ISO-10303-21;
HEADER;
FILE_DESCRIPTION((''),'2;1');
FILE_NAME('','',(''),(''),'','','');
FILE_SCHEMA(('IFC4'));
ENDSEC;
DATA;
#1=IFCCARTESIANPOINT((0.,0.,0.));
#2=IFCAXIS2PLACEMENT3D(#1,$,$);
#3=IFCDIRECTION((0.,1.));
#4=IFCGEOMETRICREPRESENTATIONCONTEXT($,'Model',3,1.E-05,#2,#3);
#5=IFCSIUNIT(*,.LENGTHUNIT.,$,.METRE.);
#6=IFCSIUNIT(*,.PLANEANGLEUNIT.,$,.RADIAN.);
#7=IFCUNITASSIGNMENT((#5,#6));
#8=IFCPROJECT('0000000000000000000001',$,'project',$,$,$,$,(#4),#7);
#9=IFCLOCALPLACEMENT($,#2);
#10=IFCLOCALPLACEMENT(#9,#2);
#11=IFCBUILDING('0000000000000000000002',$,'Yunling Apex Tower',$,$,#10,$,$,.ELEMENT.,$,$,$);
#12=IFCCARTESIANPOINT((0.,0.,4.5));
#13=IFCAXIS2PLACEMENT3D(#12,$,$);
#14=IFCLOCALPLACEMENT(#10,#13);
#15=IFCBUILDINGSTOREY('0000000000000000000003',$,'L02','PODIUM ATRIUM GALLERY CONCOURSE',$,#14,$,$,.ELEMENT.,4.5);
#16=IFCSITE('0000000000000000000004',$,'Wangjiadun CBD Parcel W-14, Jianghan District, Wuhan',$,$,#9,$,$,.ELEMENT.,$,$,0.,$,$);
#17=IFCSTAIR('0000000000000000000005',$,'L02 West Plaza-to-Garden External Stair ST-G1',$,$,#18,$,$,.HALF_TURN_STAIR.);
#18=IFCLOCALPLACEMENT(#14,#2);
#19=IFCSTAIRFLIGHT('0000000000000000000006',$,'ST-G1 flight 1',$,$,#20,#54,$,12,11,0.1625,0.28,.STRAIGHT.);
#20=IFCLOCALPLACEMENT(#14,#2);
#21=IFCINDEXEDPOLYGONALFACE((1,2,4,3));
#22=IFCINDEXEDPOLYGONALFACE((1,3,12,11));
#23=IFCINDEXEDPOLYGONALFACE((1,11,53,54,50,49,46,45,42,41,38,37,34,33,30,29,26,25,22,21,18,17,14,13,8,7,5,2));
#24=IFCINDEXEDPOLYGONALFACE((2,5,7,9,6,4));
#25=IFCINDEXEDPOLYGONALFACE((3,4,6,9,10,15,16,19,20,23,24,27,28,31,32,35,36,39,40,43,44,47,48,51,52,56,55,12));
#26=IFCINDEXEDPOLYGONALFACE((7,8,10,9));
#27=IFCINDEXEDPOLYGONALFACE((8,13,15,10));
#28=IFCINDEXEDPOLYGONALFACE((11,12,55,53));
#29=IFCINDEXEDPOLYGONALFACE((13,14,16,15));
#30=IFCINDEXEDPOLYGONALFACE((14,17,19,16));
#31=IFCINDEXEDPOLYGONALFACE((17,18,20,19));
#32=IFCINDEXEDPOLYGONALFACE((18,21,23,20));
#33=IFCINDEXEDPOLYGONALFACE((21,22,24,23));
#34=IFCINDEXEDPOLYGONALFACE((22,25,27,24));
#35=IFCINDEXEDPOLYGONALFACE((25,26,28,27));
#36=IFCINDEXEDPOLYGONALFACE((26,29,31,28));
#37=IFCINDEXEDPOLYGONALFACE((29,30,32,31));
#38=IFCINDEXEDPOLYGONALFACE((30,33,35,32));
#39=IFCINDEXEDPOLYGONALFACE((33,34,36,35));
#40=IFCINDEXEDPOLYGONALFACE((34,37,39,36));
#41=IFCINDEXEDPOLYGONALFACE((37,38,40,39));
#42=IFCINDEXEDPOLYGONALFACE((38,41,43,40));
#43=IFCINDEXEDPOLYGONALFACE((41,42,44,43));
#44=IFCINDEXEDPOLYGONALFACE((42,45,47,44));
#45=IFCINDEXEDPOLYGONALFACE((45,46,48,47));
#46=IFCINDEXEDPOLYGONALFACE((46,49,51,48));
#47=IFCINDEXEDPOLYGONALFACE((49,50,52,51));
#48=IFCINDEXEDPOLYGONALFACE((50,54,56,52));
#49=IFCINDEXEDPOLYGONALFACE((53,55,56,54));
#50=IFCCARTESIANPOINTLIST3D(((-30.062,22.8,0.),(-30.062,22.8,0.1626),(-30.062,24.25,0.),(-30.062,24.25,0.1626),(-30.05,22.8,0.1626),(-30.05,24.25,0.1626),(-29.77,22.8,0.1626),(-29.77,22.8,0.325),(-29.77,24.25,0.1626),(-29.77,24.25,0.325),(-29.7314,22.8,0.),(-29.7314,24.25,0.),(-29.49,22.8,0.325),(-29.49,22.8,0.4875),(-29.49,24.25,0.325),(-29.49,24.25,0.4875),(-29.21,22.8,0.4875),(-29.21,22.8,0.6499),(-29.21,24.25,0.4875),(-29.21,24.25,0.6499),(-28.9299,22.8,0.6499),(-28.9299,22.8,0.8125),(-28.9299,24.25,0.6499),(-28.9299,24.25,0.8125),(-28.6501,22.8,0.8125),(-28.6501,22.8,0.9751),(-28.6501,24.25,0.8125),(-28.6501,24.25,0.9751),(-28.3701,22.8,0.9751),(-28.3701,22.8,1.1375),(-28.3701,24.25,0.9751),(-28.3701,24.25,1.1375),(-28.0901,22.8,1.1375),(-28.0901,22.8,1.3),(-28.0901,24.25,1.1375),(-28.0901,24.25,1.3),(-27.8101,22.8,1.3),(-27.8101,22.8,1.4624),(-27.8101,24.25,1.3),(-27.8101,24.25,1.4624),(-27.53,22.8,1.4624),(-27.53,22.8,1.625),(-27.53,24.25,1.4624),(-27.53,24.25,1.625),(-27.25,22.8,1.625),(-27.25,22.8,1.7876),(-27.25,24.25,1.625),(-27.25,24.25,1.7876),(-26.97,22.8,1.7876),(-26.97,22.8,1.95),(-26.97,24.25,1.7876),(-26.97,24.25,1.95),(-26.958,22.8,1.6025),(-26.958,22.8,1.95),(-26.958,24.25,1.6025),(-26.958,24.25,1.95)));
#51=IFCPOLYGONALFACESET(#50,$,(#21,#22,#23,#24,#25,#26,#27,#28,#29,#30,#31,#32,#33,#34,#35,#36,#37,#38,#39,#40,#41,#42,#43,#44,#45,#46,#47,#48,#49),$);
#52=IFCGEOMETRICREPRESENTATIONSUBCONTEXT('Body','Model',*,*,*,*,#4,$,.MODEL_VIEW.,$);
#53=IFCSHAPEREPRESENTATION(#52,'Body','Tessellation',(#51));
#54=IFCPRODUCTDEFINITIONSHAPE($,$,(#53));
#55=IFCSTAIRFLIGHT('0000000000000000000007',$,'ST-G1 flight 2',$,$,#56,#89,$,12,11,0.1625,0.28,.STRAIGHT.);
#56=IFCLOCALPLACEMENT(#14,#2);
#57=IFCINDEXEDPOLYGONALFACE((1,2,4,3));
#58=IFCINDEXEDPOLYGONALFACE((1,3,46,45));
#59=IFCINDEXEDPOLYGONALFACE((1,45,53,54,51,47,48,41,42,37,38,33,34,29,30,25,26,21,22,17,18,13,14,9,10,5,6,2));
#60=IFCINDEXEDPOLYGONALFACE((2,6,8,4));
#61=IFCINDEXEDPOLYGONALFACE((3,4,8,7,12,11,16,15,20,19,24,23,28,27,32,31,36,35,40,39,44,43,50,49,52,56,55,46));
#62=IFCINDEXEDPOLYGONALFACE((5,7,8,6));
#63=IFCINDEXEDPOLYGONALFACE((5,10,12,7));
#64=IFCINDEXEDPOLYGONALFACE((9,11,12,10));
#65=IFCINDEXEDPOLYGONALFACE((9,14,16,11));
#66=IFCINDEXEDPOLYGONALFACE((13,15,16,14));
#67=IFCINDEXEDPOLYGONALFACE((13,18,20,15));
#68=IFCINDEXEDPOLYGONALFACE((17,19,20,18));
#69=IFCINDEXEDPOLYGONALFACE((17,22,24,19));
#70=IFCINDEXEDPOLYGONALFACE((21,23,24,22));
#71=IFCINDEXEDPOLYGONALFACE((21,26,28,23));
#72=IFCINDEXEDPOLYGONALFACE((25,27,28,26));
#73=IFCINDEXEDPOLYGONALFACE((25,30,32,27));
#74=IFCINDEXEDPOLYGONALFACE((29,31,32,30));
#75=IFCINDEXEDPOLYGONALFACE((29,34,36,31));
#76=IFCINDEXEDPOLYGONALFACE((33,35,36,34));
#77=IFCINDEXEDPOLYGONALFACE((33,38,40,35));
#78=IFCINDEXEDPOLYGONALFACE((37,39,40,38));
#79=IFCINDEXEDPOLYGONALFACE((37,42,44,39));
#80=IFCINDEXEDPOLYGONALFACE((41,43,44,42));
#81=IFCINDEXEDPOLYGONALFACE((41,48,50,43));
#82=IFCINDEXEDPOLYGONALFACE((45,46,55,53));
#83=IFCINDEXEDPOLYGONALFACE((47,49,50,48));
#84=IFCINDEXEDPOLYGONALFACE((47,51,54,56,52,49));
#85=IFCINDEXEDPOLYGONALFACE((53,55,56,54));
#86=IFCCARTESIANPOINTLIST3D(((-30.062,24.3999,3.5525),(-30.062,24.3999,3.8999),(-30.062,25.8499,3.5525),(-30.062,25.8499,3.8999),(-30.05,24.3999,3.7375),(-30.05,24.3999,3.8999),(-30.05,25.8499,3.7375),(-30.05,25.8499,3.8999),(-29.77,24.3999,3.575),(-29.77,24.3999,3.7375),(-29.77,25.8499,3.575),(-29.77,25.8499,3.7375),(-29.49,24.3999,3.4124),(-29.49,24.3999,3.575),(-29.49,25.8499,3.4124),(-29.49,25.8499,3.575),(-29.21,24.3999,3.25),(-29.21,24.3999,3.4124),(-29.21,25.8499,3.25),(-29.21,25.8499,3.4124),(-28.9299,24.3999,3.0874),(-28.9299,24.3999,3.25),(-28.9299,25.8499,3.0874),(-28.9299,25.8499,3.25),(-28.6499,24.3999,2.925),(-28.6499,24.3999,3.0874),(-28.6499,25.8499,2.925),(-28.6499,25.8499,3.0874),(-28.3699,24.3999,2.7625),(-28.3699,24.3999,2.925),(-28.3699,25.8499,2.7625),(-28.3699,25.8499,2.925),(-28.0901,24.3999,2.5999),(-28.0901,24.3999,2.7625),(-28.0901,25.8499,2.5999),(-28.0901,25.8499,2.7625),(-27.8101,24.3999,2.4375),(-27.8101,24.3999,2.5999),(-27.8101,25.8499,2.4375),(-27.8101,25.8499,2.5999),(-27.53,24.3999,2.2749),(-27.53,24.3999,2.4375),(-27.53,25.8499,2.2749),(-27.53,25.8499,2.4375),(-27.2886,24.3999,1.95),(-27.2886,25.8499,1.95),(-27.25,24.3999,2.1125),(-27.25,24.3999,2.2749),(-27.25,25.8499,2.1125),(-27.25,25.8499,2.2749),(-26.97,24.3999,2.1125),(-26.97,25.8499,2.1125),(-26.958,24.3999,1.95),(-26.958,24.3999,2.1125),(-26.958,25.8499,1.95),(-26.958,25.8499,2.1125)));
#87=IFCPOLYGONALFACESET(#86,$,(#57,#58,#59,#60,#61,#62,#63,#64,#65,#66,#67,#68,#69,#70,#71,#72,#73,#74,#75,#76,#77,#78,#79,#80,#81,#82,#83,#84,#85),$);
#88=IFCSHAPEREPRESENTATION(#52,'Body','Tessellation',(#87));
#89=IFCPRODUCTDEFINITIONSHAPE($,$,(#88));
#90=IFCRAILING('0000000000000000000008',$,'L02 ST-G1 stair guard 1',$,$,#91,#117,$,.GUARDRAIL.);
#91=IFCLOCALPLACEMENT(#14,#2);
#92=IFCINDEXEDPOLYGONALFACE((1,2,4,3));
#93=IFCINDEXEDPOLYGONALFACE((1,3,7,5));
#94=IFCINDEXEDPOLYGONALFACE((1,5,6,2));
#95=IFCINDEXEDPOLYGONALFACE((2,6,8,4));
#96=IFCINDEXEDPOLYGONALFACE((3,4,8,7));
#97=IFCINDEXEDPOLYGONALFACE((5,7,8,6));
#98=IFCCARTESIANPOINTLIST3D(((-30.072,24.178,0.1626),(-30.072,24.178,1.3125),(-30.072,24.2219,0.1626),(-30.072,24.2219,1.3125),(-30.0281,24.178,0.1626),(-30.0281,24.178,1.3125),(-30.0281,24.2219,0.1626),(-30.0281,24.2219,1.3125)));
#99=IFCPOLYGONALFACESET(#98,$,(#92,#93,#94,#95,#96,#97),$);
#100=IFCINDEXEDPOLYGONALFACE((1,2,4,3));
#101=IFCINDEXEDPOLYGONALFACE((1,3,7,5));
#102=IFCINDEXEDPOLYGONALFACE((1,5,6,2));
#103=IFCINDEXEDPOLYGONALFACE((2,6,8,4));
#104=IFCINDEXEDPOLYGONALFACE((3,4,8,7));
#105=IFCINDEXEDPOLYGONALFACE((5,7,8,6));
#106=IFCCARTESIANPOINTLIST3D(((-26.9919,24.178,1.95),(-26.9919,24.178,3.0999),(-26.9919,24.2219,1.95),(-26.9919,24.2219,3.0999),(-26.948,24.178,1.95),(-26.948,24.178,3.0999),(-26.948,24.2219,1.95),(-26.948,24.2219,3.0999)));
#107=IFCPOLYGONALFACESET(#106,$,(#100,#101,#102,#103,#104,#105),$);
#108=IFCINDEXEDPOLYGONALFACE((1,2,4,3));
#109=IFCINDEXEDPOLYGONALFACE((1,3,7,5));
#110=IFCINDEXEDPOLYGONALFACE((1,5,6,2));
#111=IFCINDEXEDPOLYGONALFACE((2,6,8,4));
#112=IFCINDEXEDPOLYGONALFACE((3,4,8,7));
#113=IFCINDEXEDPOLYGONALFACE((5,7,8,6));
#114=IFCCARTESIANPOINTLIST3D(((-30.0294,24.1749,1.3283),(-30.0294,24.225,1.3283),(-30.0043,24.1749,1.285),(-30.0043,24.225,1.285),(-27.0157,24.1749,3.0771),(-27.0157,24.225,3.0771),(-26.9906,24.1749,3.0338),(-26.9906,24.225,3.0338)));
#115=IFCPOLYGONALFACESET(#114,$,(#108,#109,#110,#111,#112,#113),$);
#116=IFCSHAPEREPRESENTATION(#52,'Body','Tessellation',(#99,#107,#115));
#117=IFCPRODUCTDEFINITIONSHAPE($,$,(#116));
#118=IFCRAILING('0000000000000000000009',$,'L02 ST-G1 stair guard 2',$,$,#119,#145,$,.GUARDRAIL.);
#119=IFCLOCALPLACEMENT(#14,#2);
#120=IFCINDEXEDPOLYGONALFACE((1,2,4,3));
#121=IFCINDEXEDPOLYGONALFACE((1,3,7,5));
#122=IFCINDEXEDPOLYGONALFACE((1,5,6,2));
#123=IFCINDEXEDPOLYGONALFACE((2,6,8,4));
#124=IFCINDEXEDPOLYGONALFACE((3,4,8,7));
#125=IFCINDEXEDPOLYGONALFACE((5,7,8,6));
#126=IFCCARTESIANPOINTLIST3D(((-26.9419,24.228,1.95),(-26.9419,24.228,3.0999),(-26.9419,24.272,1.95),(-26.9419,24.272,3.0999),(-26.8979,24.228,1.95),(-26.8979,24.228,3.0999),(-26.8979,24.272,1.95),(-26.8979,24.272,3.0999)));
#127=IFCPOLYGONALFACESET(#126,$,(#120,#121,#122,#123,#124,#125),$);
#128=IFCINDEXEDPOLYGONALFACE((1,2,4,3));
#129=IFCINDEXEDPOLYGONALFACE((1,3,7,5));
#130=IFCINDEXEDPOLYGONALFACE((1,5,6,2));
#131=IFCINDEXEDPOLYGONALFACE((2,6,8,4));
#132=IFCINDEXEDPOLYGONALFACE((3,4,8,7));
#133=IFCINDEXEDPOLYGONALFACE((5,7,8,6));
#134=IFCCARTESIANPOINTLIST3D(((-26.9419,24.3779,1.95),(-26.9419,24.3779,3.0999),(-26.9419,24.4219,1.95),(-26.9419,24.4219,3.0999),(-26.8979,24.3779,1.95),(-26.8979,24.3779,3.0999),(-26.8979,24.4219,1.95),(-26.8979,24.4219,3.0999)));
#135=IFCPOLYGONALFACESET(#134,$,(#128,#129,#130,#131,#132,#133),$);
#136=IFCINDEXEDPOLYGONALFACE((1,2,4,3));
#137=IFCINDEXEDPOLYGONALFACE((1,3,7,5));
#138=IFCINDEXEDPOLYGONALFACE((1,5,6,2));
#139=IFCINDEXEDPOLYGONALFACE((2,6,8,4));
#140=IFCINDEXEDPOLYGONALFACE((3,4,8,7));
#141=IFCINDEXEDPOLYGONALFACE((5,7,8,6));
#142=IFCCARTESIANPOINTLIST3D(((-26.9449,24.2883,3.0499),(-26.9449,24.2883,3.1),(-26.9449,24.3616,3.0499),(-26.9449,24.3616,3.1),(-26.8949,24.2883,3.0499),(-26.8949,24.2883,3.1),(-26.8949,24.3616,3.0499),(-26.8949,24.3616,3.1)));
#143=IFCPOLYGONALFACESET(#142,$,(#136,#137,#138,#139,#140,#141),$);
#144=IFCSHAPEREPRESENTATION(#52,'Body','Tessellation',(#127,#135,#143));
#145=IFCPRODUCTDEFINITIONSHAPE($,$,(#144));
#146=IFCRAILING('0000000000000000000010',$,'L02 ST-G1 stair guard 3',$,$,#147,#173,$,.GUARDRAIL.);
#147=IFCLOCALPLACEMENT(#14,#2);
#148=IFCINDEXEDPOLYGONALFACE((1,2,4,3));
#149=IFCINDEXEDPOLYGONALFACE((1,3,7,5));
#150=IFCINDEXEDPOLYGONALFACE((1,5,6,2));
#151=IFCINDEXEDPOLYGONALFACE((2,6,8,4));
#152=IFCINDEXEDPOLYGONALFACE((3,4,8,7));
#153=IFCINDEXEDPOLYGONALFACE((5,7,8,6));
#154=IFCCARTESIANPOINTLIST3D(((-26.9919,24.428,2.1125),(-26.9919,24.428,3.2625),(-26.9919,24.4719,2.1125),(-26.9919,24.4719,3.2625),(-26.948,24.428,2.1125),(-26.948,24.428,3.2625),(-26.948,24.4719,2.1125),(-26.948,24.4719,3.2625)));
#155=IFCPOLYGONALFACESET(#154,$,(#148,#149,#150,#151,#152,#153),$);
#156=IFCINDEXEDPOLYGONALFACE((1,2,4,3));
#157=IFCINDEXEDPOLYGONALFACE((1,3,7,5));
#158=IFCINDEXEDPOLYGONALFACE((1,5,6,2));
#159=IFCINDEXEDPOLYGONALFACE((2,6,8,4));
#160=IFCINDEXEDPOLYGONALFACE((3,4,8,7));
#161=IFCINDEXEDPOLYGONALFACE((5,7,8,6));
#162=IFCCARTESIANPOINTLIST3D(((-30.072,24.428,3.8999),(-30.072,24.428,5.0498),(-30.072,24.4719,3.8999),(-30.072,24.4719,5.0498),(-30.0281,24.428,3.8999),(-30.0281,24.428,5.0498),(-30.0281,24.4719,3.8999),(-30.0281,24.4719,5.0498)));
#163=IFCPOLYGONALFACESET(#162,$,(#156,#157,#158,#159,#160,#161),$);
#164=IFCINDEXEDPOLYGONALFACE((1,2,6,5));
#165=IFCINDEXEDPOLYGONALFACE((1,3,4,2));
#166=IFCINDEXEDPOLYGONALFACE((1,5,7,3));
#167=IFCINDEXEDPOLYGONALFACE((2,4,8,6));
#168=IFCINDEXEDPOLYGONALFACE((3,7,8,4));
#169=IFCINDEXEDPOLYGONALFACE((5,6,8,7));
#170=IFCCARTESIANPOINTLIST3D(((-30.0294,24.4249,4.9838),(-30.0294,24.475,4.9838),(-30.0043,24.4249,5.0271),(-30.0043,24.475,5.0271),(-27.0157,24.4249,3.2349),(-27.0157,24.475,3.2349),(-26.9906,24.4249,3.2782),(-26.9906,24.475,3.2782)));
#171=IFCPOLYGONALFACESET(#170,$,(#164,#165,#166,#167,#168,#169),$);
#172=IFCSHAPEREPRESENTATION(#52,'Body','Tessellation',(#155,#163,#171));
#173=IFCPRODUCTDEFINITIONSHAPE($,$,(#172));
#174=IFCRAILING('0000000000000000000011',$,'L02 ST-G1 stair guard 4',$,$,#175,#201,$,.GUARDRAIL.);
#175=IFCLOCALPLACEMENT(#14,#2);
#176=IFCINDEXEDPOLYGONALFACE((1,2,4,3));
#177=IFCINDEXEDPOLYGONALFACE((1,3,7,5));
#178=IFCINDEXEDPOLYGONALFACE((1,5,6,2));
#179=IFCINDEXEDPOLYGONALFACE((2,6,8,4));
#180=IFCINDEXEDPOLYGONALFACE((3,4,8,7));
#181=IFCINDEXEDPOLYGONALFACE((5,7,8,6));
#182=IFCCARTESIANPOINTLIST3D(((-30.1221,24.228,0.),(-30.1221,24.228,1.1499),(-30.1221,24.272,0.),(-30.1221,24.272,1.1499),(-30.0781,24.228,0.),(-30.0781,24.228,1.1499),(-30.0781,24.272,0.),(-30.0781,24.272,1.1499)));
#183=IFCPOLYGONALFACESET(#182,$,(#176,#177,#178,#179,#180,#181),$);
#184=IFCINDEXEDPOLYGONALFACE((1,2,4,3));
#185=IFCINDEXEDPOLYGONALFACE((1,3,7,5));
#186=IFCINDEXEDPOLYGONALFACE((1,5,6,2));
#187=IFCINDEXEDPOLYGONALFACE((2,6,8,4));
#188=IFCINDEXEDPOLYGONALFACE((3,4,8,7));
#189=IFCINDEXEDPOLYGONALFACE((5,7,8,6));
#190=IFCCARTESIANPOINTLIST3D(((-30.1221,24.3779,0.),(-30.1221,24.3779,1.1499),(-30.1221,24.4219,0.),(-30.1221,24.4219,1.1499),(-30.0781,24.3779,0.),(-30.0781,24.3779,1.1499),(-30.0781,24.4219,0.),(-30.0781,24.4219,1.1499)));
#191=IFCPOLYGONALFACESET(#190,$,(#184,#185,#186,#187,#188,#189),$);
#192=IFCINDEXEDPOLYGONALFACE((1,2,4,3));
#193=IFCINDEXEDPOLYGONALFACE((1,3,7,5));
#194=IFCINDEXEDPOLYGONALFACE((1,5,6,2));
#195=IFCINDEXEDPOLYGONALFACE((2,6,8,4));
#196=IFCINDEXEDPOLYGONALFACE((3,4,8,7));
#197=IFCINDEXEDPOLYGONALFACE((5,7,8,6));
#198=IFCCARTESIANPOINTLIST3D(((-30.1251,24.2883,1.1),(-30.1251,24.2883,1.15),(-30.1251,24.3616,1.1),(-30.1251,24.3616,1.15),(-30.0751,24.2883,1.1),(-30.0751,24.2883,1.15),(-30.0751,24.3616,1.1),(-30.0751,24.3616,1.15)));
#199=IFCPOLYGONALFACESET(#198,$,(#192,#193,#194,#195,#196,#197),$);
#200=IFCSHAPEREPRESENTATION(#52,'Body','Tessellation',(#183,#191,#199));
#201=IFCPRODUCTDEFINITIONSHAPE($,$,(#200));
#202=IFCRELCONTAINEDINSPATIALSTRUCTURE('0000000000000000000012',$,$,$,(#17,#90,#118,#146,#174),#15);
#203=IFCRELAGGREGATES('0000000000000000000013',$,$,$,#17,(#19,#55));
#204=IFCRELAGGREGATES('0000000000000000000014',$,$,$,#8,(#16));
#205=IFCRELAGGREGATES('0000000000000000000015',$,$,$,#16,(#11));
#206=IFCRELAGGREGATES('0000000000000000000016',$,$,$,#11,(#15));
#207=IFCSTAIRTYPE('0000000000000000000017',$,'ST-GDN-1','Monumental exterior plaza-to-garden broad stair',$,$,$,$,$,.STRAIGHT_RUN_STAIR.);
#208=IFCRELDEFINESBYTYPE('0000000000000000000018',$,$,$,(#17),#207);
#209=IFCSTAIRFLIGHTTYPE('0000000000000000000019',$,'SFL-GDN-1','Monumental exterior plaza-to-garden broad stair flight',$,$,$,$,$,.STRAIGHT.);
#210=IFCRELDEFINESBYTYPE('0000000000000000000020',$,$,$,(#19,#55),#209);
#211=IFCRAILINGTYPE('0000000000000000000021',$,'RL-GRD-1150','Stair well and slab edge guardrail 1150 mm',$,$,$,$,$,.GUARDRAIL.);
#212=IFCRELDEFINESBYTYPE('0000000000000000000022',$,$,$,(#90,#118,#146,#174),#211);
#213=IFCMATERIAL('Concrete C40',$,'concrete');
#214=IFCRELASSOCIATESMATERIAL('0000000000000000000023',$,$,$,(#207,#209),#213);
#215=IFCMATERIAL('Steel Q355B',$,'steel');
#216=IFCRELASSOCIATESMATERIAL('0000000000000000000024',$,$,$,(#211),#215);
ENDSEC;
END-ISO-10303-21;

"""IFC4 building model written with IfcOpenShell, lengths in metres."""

from ifc_helpers import new_model, si_unit, direction, frame, origin, origin_2d, place, context, subcontext, project, spatial, polyline, rectangle, outline, extrude, material, type_object, element, aggregate, save


model = new_model("IFC4")

# Units and contexts
model_context = context("Model", 3, precision=1e-05, world=origin(), true_north=direction((0.0, 1.0)))
body_context = subcontext(model_context, "Body", "Model", "MODEL_VIEW")
ifc_project = project(units=[si_unit("LENGTHUNIT", "METRE"), si_unit("PLANEANGLEUNIT", "RADIAN")], contexts=[model_context])

# Site, building, storey
site_placement = place(None, origin())
site = spatial("IfcSite", under=ifc_project, at=site_placement, Name="Wangjiadun CBD Parcel W-14, Jianghan District, Wuhan", CompositionType="ELEMENT", RefElevation=0.0)
building_placement = place(site_placement, origin())
building = spatial("IfcBuilding", under=site, at=building_placement, Name="Yunling Apex Tower", CompositionType="ELEMENT")
storey_placement = place(building_placement, frame((0.0, 0.0, 4.5)))
storey = spatial("IfcBuildingStorey", under=building, at=storey_placement, Name="L02", Description="PODIUM ATRIUM GALLERY CONCOURSE", CompositionType="ELEMENT", Elevation=4.5)

# Shared definitions
ifc_material_1 = material(Name="Steel Q355B", Category="steel")

# Shared definitions
ifc_material_2 = material(Name="Concrete C40", Category="concrete")

# Stair, stair flights
stair_type = type_object("IfcStairType", Name="ST-GDN-1", Description="Monumental exterior plaza-to-garden broad stair", PredefinedType="STRAIGHT_RUN_STAIR", material=ifc_material_2)
stair_placement = place(storey_placement, origin())
stair = element("IfcStair", 1, at=stair_placement, inside=storey, type_object=stair_type, Name="L02 West Plaza-to-Garden External Stair ST-G1", PredefinedType="HALF_TURN_STAIR")
stair_flight_type = type_object("IfcStairFlightType", Name="SFL-GDN-1", Description="Monumental exterior plaza-to-garden broad stair flight", PredefinedType="STRAIGHT", material=ifc_material_2)
stair_flight_1_placement = place(storey_placement, frame((-30.05, 23.5249, 0.0), z_axis=(0.0, 0.0, 1.0), x_axis=(1.0, 0.0, 0.0)))
stair_flight_1 = element("IfcStairFlight", 2, at=stair_flight_1_placement, type_object=stair_flight_type, Name="ST-G1 flight 1", NumberOfRisers=12, NumberOfTreads=11, PredefinedType="STRAIGHT", RiserHeight=0.1625, TreadLength=0.28, context=body_context, shape_type="SweptSolid", body=[
    extrude(outline(polyline([(-0.012, 0.0), (-0.012, 0.1626), (0.0, 0.1626), (0.28, 0.1626), (0.28, 0.325), (0.5601, 0.325), (0.5601, 0.4875), (0.8401, 0.4875), (0.8401, 0.6499), (1.1201, 0.6499), (1.1201, 0.8125), (1.3999, 0.8125), (1.3999, 0.9751), (1.6799, 0.9751), (1.6799, 1.1375), (1.96, 1.1375), (1.96, 1.3), (2.24, 1.3), (2.24, 1.4624), (2.52, 1.4624), (2.52, 1.625), (2.8, 1.625), (2.8, 1.7876), (3.0801, 1.7876), (3.0801, 1.95), (3.092, 1.95), (3.092, 1.6025), (0.3186, 0.0), (-0.012, 0.0)])), frame((0.0, 0.7251, 0.0), z_axis=(0.0, -1.0, 0.0), x_axis=(1.0, 0.0, 0.0)), (0.0, 0.0, 1.0), 1.45),
])
stair_flight_2_placement = place(storey_placement, frame((-26.97, 25.125, 1.95), z_axis=(0.0, 0.0, 1.0), x_axis=(-1.0, 0.0, 0.0)))
stair_flight_2 = element("IfcStairFlight", 3, at=stair_flight_2_placement, type_object=stair_flight_type, Name="ST-G1 flight 2", NumberOfRisers=12, NumberOfTreads=11, PredefinedType="STRAIGHT", RiserHeight=0.1625, TreadLength=0.28, context=body_context, shape_type="SweptSolid", body=[
    extrude(outline(polyline([(-0.012, 0.0), (-0.012, 0.1626), (0.0, 0.1626), (0.28, 0.1626), (0.28, 0.325), (0.5601, 0.325), (0.5601, 0.4875), (0.8401, 0.4875), (0.8401, 0.6499), (1.1201, 0.6499), (1.1201, 0.8125), (1.3999, 0.8125), (1.3999, 0.9751), (1.6799, 0.9751), (1.6799, 1.1375), (1.96, 1.1375), (1.96, 1.3), (2.24, 1.3), (2.24, 1.4624), (2.52, 1.4624), (2.52, 1.625), (2.8, 1.625), (2.8, 1.7876), (3.0801, 1.7876), (3.0801, 1.95), (3.092, 1.95), (3.092, 1.6025), (0.3186, 0.0), (-0.012, 0.0)])), frame((0.0, 0.7251, 0.0), z_axis=(0.0, -1.0, 0.0), x_axis=(1.0, 0.0, 0.0)), (0.0, 0.0, 1.0), 1.45),
])
aggregate(stair, [stair_flight_1, stair_flight_2])

# Railings
railing_type_1 = type_object("IfcRailingType", Name="RL-GRD-1150", Description="Stair well and slab edge guardrail 1150 mm", PredefinedType="GUARDRAIL", material=ifc_material_1)
railing_1_placement = place(storey_placement, frame((-30.05, 24.2, 0.1626)))
element("IfcRailing", 4, at=railing_1_placement, inside=storey, type_object=railing_type_1, Name="L02 ST-G1 stair guard 1", PredefinedType="GUARDRAIL", context=body_context, shape_type="SweptSolid", body=[
    extrude(rectangle(XDim=0.0439, YDim=0.0439, at=origin_2d()), origin(), (0.0, 0.0, 1.0), 1.1499),
    extrude(rectangle(XDim=0.0439, YDim=0.0439, at=origin_2d()), frame((3.0801, 0.0, 1.7874)), (0.0, 0.0, 1.0), 1.1499),
    extrude(rectangle(XDim=0.05, YDim=0.05, at=origin_2d()), frame((0.0332, 0.0, 1.144), z_axis=(0.86492, 0.0, 0.501909), x_axis=(0.0, 1.0, 0.0)), (0.0, 0.0, 1.0), 3.4844),
])
railing_2_placement = place(storey_placement, frame((-26.9199, 24.25, 1.95)))
element("IfcRailing", 5, at=railing_2_placement, inside=storey, type_object=railing_type_1, Name="L02 ST-G1 stair guard 2", PredefinedType="GUARDRAIL", context=body_context, shape_type="SweptSolid", body=[
    extrude(rectangle(XDim=0.0439, YDim=0.0439, at=origin_2d()), origin(), (0.0, 0.0, 1.0), 1.1499),
    extrude(rectangle(XDim=0.0439, YDim=0.0439, at=origin_2d()), frame((0.0, 0.1499, 0.0)), (0.0, 0.0, 1.0), 1.1499),
    extrude(rectangle(XDim=0.05, YDim=0.05, at=origin_2d()), frame((0.0, 0.0383, 1.125), z_axis=(0.0, 1.0, 0.0), x_axis=(-1.0, 0.0, 0.0)), (0.0, 0.0, 1.0), 0.0732),
])
railing_3_placement = place(storey_placement, frame((-26.97, 24.45, 2.1125)))
element("IfcRailing", 6, at=railing_3_placement, inside=storey, type_object=railing_type_1, Name="L02 ST-G1 stair guard 3", PredefinedType="GUARDRAIL", context=body_context, shape_type="SweptSolid", body=[
    extrude(rectangle(XDim=0.0439, YDim=0.0439, at=origin_2d()), origin(), (0.0, 0.0, 1.0), 1.1499),
    extrude(rectangle(XDim=0.0439, YDim=0.0439, at=origin_2d()), frame((-3.0801, 0.0, 1.7874)), (0.0, 0.0, 1.0), 1.1499),
    extrude(rectangle(XDim=0.05, YDim=0.05, at=origin_2d()), frame((-0.0332, 0.0, 1.144), z_axis=(-0.86492, 0.0, 0.501909), x_axis=(0.0, -1.0, 0.0)), (0.0, 0.0, 1.0), 3.4844),
])
railing_4_placement = place(storey_placement, frame((-30.1001, 24.25, 0.0)))
element("IfcRailing", 7, at=railing_4_placement, inside=storey, type_object=railing_type_1, Name="L02 ST-G1 stair guard 4", PredefinedType="GUARDRAIL", context=body_context, shape_type="SweptSolid", body=[
    extrude(rectangle(XDim=0.0439, YDim=0.0439, at=origin_2d()), origin(), (0.0, 0.0, 1.0), 1.1499),
    extrude(rectangle(XDim=0.0439, YDim=0.0439, at=origin_2d()), frame((0.0, 0.1499, 0.0)), (0.0, 0.0, 1.0), 1.1499),
    extrude(rectangle(XDim=0.05, YDim=0.05, at=origin_2d()), frame((0.0, 0.0383, 1.125), z_axis=(0.0, 1.0, 0.0), x_axis=(-1.0, 0.0, 0.0)), (0.0, 0.0, 1.0), 0.0732),
])

save(model, "model.ifc")
